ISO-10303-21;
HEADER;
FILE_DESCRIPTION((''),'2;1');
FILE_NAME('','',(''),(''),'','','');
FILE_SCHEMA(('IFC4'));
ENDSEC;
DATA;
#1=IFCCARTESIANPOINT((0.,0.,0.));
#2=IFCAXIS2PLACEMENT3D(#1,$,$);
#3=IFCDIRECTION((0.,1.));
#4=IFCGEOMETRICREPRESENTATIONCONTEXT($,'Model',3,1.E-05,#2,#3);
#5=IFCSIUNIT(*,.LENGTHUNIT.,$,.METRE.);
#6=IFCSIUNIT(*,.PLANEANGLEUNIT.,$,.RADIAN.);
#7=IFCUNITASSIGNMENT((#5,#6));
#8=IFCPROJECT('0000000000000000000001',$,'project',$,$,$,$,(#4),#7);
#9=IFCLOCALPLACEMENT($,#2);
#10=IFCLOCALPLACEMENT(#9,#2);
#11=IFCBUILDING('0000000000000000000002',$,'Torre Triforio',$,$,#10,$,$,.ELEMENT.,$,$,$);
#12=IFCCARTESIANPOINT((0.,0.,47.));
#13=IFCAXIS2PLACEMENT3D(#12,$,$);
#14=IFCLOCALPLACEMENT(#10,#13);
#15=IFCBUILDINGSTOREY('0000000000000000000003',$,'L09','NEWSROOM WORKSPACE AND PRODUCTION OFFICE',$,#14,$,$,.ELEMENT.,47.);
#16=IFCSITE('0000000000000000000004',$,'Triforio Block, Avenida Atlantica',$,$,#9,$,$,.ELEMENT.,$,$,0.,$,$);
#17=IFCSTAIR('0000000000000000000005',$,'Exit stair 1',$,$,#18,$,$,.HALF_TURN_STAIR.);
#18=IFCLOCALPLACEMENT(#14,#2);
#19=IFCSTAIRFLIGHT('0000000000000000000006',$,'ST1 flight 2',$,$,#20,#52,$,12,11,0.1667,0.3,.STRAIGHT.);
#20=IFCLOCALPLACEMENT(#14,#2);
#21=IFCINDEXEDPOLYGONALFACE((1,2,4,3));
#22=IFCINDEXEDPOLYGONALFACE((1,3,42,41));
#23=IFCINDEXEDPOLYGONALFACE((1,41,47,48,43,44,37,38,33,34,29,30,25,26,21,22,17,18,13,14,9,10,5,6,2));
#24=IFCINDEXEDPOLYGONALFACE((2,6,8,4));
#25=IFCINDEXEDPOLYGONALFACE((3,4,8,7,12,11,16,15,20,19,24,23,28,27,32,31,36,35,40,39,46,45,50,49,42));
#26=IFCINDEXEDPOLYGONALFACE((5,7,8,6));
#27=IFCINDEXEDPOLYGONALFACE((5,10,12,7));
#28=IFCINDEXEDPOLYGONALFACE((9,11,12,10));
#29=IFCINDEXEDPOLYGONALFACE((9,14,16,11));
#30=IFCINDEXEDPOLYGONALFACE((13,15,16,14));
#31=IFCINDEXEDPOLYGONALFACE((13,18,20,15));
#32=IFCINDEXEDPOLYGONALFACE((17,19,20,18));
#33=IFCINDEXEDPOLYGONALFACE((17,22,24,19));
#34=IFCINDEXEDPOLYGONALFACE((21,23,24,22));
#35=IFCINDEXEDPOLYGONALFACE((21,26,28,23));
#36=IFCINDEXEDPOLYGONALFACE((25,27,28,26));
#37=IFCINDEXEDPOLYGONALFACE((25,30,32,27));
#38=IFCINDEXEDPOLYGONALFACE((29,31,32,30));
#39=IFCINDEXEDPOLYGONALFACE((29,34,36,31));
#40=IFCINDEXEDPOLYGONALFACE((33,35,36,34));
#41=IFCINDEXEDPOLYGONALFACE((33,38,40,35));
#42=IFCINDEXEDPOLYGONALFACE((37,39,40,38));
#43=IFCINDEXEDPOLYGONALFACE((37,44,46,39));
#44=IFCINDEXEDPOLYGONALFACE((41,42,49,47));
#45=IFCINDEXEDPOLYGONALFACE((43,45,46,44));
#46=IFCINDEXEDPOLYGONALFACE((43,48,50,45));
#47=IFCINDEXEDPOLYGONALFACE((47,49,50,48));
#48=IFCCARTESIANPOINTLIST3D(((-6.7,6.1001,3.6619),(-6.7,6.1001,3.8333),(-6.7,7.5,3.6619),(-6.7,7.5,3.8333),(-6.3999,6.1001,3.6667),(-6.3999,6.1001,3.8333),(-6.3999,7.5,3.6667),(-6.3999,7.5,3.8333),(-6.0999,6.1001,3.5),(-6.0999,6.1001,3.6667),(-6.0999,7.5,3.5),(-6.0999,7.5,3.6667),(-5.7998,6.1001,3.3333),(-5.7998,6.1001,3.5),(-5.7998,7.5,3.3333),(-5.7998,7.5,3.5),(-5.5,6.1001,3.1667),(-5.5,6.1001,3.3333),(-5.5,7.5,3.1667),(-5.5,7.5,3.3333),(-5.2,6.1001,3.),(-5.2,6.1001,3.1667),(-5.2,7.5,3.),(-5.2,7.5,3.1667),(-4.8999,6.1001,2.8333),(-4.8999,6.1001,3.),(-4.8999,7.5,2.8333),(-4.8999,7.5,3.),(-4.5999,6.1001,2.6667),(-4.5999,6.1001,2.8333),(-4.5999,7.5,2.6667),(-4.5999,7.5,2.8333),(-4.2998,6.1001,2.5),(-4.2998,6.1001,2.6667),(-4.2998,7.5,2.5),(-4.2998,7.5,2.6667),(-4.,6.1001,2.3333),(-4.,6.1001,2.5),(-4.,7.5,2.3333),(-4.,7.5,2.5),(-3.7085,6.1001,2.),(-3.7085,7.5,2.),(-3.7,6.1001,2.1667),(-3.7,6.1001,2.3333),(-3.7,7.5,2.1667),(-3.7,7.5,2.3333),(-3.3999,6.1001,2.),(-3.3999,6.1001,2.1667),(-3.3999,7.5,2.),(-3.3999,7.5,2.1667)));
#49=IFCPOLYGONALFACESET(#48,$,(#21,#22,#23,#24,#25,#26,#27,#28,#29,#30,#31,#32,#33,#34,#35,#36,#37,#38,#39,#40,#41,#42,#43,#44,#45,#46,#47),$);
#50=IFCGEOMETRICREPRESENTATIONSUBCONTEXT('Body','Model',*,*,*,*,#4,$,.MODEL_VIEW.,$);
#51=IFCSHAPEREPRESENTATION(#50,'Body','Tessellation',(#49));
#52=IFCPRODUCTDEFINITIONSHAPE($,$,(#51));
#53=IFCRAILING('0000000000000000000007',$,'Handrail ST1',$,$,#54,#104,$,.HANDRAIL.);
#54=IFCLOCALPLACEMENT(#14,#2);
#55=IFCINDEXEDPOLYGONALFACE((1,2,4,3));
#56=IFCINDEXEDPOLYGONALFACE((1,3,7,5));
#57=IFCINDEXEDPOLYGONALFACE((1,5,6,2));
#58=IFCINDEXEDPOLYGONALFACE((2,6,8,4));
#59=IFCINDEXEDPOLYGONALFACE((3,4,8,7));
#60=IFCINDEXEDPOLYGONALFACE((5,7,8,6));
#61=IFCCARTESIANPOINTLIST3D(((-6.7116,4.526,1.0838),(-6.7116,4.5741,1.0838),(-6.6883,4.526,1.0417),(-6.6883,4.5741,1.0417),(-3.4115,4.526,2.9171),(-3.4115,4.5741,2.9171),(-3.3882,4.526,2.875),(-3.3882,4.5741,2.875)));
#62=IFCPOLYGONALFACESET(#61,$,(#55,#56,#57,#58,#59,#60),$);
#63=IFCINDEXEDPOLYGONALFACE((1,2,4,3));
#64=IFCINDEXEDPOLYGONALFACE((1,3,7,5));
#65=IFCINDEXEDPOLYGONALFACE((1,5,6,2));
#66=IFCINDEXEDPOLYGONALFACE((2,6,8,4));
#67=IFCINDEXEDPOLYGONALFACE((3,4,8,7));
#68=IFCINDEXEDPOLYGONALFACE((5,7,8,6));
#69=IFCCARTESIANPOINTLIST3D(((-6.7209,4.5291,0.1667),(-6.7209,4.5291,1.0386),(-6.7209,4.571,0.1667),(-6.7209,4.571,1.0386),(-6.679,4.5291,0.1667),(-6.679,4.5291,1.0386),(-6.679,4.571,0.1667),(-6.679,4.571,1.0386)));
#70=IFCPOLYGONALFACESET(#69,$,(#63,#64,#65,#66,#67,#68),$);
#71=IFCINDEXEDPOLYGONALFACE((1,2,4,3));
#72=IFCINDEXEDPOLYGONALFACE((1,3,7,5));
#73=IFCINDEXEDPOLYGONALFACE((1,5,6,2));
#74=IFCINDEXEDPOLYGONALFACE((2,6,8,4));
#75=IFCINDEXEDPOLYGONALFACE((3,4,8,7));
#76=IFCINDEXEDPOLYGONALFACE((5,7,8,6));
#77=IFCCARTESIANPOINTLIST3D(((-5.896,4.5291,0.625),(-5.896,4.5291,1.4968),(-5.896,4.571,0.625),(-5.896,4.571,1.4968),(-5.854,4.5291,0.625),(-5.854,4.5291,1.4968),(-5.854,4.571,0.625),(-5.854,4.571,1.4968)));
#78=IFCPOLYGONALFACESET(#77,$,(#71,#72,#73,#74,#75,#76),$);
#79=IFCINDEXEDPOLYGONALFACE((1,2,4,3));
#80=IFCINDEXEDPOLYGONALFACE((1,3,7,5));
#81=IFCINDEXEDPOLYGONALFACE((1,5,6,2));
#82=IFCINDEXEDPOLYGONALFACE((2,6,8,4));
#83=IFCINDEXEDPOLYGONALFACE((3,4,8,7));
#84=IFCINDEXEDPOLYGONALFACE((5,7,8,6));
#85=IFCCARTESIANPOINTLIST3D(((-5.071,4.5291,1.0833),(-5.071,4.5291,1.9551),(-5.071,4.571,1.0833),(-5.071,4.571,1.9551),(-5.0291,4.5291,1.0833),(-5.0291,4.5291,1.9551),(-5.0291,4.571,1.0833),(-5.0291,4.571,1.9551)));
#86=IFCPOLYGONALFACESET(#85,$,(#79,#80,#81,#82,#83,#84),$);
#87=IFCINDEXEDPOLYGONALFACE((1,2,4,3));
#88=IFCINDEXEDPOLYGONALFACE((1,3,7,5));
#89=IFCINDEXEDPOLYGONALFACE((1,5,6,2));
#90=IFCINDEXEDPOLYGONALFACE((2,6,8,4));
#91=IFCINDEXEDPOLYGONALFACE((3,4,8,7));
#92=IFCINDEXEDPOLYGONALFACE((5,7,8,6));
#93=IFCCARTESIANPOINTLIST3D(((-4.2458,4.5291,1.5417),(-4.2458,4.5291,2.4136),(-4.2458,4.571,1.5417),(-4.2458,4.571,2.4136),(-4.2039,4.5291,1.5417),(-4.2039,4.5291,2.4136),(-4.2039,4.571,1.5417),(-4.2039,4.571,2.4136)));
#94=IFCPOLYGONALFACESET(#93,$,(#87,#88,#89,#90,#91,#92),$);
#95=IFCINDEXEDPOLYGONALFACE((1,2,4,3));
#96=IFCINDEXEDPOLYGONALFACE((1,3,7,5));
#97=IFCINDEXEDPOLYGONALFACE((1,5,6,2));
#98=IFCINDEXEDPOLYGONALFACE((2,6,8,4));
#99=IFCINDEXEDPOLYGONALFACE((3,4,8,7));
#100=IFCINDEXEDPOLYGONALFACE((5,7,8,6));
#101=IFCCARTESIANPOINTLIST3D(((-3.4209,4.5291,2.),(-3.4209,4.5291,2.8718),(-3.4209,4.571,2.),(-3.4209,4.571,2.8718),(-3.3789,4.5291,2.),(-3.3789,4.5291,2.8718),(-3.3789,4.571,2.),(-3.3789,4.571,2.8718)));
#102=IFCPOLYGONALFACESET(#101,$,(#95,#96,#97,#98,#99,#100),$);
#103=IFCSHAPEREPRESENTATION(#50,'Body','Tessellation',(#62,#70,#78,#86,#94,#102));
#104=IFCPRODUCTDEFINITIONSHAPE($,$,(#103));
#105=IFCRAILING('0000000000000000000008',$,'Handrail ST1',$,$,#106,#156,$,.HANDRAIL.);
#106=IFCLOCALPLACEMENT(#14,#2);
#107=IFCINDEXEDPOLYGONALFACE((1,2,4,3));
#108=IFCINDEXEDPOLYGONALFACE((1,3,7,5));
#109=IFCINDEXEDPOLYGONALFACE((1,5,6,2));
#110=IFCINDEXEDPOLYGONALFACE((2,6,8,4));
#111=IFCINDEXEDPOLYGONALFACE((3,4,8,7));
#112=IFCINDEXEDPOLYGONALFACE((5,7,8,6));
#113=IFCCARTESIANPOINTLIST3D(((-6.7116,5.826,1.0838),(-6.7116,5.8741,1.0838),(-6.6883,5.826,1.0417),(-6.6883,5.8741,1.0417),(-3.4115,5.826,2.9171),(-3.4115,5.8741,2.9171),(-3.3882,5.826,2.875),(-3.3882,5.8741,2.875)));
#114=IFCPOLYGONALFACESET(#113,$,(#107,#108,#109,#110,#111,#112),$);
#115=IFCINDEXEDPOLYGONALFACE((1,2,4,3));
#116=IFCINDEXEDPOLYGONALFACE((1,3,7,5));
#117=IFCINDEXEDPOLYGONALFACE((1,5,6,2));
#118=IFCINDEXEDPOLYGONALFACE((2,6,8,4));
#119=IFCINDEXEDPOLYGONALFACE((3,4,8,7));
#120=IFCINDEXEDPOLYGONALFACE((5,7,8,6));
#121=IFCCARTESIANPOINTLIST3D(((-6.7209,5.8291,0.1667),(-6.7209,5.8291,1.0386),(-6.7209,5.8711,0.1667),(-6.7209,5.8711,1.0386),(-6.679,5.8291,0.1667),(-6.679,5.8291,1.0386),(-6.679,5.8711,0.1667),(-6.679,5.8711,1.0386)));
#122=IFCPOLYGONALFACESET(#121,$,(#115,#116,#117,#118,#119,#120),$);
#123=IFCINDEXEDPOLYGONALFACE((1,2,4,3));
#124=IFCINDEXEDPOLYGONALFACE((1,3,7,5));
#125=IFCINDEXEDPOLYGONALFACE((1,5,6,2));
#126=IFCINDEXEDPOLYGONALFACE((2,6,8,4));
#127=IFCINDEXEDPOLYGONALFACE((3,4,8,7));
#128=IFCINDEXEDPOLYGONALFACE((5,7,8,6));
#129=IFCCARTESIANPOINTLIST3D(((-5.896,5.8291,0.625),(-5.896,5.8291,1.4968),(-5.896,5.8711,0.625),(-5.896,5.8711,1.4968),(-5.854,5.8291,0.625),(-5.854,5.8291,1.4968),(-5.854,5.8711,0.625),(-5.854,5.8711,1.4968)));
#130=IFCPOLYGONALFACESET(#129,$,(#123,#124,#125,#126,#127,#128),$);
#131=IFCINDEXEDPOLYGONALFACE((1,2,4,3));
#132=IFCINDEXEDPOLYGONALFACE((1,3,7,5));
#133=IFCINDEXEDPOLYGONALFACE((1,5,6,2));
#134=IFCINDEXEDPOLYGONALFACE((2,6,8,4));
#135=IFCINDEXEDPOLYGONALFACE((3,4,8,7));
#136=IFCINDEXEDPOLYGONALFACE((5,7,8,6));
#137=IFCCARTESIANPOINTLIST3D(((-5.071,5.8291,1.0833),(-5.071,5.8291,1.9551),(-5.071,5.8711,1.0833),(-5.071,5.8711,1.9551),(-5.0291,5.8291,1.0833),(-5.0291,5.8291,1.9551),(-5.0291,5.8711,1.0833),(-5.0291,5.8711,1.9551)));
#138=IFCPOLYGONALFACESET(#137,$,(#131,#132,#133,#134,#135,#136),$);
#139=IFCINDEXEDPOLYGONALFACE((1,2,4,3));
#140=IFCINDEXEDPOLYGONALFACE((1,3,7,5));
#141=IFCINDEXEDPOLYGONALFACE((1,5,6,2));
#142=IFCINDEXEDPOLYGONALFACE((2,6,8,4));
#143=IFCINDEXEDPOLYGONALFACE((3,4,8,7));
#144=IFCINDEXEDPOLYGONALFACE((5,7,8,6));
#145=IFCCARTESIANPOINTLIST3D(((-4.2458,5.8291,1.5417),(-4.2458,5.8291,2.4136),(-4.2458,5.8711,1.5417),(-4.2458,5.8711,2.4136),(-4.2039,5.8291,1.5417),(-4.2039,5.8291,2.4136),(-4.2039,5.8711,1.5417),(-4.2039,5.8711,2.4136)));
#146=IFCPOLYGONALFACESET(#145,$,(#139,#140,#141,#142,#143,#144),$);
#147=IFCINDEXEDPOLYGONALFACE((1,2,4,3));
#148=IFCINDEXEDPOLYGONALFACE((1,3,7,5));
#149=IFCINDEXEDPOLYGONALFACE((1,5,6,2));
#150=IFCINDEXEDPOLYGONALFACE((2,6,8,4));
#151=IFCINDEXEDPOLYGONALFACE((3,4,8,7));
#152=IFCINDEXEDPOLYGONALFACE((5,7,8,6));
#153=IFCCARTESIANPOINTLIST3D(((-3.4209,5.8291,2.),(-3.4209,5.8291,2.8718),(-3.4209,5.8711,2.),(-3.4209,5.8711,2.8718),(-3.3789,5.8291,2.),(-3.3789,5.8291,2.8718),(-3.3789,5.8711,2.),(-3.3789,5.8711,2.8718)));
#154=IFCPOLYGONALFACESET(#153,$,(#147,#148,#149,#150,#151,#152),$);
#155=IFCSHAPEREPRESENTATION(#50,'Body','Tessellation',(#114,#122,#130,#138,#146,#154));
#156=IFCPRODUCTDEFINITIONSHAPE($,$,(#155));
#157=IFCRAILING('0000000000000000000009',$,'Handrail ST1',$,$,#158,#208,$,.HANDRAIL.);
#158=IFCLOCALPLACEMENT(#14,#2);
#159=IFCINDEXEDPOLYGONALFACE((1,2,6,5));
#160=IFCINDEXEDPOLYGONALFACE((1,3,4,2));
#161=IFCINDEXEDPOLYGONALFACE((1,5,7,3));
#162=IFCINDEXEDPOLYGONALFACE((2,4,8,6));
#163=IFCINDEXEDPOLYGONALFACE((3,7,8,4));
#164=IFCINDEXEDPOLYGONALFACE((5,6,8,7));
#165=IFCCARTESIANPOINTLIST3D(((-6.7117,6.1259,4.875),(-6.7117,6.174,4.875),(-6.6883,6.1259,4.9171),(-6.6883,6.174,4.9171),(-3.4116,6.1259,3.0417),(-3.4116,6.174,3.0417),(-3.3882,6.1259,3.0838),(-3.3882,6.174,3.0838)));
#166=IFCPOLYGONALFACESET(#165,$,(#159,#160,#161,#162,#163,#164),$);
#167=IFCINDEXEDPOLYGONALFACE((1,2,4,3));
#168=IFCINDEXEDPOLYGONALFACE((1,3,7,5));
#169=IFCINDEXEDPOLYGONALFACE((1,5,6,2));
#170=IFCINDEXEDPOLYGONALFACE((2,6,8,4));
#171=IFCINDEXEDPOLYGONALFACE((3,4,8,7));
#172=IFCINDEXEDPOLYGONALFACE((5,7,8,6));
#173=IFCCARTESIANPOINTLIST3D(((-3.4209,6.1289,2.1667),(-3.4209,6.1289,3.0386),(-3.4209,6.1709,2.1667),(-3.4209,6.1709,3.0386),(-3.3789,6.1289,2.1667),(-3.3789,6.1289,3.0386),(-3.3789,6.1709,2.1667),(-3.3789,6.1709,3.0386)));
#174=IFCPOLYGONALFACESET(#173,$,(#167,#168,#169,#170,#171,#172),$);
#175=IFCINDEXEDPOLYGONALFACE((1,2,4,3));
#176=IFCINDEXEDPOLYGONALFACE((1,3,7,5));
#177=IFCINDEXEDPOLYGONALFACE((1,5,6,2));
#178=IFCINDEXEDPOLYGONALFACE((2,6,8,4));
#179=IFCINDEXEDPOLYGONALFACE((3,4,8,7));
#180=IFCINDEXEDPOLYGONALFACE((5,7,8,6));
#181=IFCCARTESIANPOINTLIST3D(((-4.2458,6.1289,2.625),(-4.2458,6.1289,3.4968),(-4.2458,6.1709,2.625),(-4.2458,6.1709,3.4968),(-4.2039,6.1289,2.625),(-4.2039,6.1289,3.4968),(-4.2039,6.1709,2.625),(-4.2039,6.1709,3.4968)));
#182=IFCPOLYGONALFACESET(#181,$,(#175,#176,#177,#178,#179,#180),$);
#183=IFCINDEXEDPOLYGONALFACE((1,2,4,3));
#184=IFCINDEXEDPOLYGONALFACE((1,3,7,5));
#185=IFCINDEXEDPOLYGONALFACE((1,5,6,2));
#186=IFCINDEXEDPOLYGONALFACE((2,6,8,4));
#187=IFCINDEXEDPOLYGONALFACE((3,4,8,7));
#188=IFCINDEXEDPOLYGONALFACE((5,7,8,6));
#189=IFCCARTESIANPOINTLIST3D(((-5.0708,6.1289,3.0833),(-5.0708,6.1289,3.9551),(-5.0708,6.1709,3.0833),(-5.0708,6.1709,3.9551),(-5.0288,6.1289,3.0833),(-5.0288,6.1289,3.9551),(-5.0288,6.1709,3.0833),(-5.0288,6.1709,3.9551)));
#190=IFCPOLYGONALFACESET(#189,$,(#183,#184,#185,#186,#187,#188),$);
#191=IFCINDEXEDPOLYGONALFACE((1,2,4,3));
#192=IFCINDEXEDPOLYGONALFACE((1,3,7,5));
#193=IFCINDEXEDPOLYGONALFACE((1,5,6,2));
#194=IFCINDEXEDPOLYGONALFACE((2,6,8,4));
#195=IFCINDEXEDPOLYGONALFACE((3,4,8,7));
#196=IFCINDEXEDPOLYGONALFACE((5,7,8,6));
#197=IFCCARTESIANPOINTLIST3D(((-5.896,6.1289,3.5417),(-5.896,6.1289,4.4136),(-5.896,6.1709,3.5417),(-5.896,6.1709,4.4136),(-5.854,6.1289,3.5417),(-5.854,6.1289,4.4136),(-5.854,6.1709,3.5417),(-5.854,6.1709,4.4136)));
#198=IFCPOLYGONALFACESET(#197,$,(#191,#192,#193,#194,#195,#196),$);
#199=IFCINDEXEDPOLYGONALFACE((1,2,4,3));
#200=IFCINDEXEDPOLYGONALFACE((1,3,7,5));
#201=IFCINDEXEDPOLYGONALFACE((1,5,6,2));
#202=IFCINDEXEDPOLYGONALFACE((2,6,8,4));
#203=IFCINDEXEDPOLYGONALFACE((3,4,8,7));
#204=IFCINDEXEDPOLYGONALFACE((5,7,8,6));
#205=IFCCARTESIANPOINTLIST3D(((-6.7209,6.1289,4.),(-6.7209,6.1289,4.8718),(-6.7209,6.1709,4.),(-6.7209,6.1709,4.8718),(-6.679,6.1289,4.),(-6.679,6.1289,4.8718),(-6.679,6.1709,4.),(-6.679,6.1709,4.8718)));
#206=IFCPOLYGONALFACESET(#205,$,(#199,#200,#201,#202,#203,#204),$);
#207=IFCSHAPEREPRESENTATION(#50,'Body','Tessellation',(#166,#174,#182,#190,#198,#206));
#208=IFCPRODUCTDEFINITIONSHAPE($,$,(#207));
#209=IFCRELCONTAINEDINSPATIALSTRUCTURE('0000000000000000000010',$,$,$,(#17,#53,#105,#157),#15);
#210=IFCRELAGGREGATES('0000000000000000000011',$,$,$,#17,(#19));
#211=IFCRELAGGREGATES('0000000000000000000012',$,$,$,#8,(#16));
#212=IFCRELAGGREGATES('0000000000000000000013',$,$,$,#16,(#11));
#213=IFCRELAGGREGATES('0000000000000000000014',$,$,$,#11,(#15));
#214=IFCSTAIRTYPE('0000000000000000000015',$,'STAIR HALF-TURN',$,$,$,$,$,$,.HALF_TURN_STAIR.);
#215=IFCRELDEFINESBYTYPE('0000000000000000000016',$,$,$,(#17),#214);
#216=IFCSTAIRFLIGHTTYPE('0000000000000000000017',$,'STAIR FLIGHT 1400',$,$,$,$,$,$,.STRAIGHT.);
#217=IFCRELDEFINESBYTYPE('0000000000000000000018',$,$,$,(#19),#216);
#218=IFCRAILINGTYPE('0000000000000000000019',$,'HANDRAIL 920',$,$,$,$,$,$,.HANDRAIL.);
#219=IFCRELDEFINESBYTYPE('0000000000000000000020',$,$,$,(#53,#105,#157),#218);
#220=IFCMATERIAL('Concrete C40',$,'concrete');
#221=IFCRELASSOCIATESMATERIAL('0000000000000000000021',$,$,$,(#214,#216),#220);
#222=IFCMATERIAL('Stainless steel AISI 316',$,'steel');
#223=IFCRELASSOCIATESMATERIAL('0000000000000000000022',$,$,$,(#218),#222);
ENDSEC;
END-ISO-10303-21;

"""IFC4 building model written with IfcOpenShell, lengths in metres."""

from ifc_helpers import new_model, si_unit, direction, frame, origin, origin_2d, place, context, subcontext, project, spatial, polyline, rectangle, outline, extrude, material, type_object, element, aggregate, save


model = new_model("IFC4")

# Units and contexts
model_context = context("Model", 3, precision=1e-05, world=origin(), true_north=direction((0.0, 1.0)))
body_context = subcontext(model_context, "Body", "Model", "MODEL_VIEW")
ifc_project = project(units=[si_unit("LENGTHUNIT", "METRE"), si_unit("PLANEANGLEUNIT", "RADIAN")], contexts=[model_context])

# Site, building, storey
site_placement = place(None, origin())
site = spatial("IfcSite", under=ifc_project, at=site_placement, Name="Triforio Block, Avenida Atlantica", CompositionType="ELEMENT", RefElevation=0.0)
building_placement = place(site_placement, origin())
building = spatial("IfcBuilding", under=site, at=building_placement, Name="Torre Triforio", CompositionType="ELEMENT")
storey_placement = place(building_placement, frame((0.0, 0.0, 47.0)))
storey = spatial("IfcBuildingStorey", under=building, at=storey_placement, Name="L09", Description="NEWSROOM WORKSPACE AND PRODUCTION OFFICE", CompositionType="ELEMENT", Elevation=47.0)

# Stair, stair flight
ifc_material_1 = material(Name="Concrete C40", Category="concrete")
stair_type = type_object("IfcStairType", Name="STAIR HALF-TURN", PredefinedType="HALF_TURN_STAIR", material=ifc_material_1)
stair_placement = place(storey_placement, origin())
stair = element("IfcStair", 1, at=stair_placement, inside=storey, type_object=stair_type, Name="Exit stair 1", PredefinedType="HALF_TURN_STAIR")
stair_flight_type = type_object("IfcStairFlightType", Name="STAIR FLIGHT 1400", PredefinedType="STRAIGHT", material=ifc_material_1)
stair_flight_1_placement = place(storey_placement, frame((-3.3999, 6.8, 2.0), z_axis=(0.0, 0.0, 1.0), x_axis=(-1.0, 0.0, 0.0)))
stair_flight_1 = element("IfcStairFlight", 2, at=stair_flight_1_placement, type_object=stair_flight_type, Name="ST1 flight 2", NumberOfRisers=12, NumberOfTreads=11, PredefinedType="STRAIGHT", RiserHeight=0.1667, TreadLength=0.3, context=body_context, shape_type="SweptSolid", body=[
    extrude(outline(polyline([(0.0, 0.0), (0.0, 0.1667), (0.3, 0.1667), (0.3, 0.3333), (0.6001, 0.3333), (0.6001, 0.5), (0.8999, 0.5), (0.8999, 0.6667), (1.2, 0.6667), (1.2, 0.8333), (1.5, 0.8333), (1.5, 1.0), (1.8, 1.0), (1.8, 1.1667), (2.1001, 1.1667), (2.1001, 1.3333), (2.3999, 1.3333), (2.3999, 1.5), (2.7, 1.5), (2.7, 1.6667), (3.0, 1.6667), (3.0, 1.8333), (3.3, 1.8333), (3.3, 2.0), (3.3, 1.6619), (0.3086, 0.0), (0.0, 0.0)])), frame((0.0, 0.7, 0.0), z_axis=(0.0, -1.0, 0.0), x_axis=(1.0, 0.0, 0.0)), (0.0, 0.0, 1.0), 1.3999),
])
aggregate(stair, [stair_flight_1])

# Railings
ifc_material_2 = material(Name="Stainless steel AISI 316", Category="steel")
railing_type = type_object("IfcRailingType", Name="HANDRAIL 920", PredefinedType="HANDRAIL", material=ifc_material_2)
for number, where, name in (
    (3, (-6.7, 4.55, 0.1667), "Handrail ST1"),
    (4, (-6.7, 5.8501, 0.1667), "Handrail ST1"),
):
    element("IfcRailing", number, at=place(storey_placement, frame(where)), inside=storey, type_object=railing_type, Name=name, PredefinedType="HANDRAIL", context=body_context, shape_type="SweptSolid", body=[
        extrude(rectangle(XDim=0.0481, YDim=0.0481, at=origin_2d()), frame((0.0, 0.0, 0.896), z_axis=(0.874169, 0.0, 0.485621), x_axis=(0.0, 1.0, 0.0)), (0.0, 0.0, 1.0), 3.7751),
        extrude(rectangle(XDim=0.042, YDim=0.042, at=origin_2d()), origin(), (0.0, 0.0, 1.0), 0.8718),
        extrude(rectangle(XDim=0.042, YDim=0.042, at=origin_2d()), frame((0.825, 0.0, 0.4583)), (0.0, 0.0, 1.0), 0.8718),
        extrude(rectangle(XDim=0.042, YDim=0.042, at=origin_2d()), frame((1.6499, 0.0, 0.9165)), (0.0, 0.0, 1.0), 0.8718),
        extrude(rectangle(XDim=0.042, YDim=0.042, at=origin_2d()), frame((2.4751, 0.0, 1.375)), (0.0, 0.0, 1.0), 0.8718),
        extrude(rectangle(XDim=0.042, YDim=0.042, at=origin_2d()), frame((3.3, 0.0, 1.8333)), (0.0, 0.0, 1.0), 0.8718),
    ])
railing_placement = place(storey_placement, frame((-3.3999, 6.1499, 2.1667)))
element("IfcRailing", 5, at=railing_placement, inside=storey, type_object=railing_type, Name="Handrail ST1", PredefinedType="HANDRAIL", context=body_context, shape_type="SweptSolid", body=[
    extrude(rectangle(XDim=0.0481, YDim=0.0481, at=origin_2d()), frame((0.0, 0.0, 0.896), z_axis=(-0.874169, 0.0, 0.485621), x_axis=(0.0, -1.0, 0.0)), (0.0, 0.0, 1.0), 3.7751),
    extrude(rectangle(XDim=0.042, YDim=0.042, at=origin_2d()), origin(), (0.0, 0.0, 1.0), 0.8718),
    extrude(rectangle(XDim=0.042, YDim=0.042, at=origin_2d()), frame((-0.825, 0.0, 0.4583)), (0.0, 0.0, 1.0), 0.8718),
    extrude(rectangle(XDim=0.042, YDim=0.042, at=origin_2d()), frame((-1.6499, 0.0, 0.9165)), (0.0, 0.0, 1.0), 0.8718),
    extrude(rectangle(XDim=0.042, YDim=0.042, at=origin_2d()), frame((-2.4751, 0.0, 1.375)), (0.0, 0.0, 1.0), 0.8718),
    extrude(rectangle(XDim=0.042, YDim=0.042, at=origin_2d()), frame((-3.3, 0.0, 1.8333)), (0.0, 0.0, 1.0), 0.8718),
])

save(model, "model.ifc")
